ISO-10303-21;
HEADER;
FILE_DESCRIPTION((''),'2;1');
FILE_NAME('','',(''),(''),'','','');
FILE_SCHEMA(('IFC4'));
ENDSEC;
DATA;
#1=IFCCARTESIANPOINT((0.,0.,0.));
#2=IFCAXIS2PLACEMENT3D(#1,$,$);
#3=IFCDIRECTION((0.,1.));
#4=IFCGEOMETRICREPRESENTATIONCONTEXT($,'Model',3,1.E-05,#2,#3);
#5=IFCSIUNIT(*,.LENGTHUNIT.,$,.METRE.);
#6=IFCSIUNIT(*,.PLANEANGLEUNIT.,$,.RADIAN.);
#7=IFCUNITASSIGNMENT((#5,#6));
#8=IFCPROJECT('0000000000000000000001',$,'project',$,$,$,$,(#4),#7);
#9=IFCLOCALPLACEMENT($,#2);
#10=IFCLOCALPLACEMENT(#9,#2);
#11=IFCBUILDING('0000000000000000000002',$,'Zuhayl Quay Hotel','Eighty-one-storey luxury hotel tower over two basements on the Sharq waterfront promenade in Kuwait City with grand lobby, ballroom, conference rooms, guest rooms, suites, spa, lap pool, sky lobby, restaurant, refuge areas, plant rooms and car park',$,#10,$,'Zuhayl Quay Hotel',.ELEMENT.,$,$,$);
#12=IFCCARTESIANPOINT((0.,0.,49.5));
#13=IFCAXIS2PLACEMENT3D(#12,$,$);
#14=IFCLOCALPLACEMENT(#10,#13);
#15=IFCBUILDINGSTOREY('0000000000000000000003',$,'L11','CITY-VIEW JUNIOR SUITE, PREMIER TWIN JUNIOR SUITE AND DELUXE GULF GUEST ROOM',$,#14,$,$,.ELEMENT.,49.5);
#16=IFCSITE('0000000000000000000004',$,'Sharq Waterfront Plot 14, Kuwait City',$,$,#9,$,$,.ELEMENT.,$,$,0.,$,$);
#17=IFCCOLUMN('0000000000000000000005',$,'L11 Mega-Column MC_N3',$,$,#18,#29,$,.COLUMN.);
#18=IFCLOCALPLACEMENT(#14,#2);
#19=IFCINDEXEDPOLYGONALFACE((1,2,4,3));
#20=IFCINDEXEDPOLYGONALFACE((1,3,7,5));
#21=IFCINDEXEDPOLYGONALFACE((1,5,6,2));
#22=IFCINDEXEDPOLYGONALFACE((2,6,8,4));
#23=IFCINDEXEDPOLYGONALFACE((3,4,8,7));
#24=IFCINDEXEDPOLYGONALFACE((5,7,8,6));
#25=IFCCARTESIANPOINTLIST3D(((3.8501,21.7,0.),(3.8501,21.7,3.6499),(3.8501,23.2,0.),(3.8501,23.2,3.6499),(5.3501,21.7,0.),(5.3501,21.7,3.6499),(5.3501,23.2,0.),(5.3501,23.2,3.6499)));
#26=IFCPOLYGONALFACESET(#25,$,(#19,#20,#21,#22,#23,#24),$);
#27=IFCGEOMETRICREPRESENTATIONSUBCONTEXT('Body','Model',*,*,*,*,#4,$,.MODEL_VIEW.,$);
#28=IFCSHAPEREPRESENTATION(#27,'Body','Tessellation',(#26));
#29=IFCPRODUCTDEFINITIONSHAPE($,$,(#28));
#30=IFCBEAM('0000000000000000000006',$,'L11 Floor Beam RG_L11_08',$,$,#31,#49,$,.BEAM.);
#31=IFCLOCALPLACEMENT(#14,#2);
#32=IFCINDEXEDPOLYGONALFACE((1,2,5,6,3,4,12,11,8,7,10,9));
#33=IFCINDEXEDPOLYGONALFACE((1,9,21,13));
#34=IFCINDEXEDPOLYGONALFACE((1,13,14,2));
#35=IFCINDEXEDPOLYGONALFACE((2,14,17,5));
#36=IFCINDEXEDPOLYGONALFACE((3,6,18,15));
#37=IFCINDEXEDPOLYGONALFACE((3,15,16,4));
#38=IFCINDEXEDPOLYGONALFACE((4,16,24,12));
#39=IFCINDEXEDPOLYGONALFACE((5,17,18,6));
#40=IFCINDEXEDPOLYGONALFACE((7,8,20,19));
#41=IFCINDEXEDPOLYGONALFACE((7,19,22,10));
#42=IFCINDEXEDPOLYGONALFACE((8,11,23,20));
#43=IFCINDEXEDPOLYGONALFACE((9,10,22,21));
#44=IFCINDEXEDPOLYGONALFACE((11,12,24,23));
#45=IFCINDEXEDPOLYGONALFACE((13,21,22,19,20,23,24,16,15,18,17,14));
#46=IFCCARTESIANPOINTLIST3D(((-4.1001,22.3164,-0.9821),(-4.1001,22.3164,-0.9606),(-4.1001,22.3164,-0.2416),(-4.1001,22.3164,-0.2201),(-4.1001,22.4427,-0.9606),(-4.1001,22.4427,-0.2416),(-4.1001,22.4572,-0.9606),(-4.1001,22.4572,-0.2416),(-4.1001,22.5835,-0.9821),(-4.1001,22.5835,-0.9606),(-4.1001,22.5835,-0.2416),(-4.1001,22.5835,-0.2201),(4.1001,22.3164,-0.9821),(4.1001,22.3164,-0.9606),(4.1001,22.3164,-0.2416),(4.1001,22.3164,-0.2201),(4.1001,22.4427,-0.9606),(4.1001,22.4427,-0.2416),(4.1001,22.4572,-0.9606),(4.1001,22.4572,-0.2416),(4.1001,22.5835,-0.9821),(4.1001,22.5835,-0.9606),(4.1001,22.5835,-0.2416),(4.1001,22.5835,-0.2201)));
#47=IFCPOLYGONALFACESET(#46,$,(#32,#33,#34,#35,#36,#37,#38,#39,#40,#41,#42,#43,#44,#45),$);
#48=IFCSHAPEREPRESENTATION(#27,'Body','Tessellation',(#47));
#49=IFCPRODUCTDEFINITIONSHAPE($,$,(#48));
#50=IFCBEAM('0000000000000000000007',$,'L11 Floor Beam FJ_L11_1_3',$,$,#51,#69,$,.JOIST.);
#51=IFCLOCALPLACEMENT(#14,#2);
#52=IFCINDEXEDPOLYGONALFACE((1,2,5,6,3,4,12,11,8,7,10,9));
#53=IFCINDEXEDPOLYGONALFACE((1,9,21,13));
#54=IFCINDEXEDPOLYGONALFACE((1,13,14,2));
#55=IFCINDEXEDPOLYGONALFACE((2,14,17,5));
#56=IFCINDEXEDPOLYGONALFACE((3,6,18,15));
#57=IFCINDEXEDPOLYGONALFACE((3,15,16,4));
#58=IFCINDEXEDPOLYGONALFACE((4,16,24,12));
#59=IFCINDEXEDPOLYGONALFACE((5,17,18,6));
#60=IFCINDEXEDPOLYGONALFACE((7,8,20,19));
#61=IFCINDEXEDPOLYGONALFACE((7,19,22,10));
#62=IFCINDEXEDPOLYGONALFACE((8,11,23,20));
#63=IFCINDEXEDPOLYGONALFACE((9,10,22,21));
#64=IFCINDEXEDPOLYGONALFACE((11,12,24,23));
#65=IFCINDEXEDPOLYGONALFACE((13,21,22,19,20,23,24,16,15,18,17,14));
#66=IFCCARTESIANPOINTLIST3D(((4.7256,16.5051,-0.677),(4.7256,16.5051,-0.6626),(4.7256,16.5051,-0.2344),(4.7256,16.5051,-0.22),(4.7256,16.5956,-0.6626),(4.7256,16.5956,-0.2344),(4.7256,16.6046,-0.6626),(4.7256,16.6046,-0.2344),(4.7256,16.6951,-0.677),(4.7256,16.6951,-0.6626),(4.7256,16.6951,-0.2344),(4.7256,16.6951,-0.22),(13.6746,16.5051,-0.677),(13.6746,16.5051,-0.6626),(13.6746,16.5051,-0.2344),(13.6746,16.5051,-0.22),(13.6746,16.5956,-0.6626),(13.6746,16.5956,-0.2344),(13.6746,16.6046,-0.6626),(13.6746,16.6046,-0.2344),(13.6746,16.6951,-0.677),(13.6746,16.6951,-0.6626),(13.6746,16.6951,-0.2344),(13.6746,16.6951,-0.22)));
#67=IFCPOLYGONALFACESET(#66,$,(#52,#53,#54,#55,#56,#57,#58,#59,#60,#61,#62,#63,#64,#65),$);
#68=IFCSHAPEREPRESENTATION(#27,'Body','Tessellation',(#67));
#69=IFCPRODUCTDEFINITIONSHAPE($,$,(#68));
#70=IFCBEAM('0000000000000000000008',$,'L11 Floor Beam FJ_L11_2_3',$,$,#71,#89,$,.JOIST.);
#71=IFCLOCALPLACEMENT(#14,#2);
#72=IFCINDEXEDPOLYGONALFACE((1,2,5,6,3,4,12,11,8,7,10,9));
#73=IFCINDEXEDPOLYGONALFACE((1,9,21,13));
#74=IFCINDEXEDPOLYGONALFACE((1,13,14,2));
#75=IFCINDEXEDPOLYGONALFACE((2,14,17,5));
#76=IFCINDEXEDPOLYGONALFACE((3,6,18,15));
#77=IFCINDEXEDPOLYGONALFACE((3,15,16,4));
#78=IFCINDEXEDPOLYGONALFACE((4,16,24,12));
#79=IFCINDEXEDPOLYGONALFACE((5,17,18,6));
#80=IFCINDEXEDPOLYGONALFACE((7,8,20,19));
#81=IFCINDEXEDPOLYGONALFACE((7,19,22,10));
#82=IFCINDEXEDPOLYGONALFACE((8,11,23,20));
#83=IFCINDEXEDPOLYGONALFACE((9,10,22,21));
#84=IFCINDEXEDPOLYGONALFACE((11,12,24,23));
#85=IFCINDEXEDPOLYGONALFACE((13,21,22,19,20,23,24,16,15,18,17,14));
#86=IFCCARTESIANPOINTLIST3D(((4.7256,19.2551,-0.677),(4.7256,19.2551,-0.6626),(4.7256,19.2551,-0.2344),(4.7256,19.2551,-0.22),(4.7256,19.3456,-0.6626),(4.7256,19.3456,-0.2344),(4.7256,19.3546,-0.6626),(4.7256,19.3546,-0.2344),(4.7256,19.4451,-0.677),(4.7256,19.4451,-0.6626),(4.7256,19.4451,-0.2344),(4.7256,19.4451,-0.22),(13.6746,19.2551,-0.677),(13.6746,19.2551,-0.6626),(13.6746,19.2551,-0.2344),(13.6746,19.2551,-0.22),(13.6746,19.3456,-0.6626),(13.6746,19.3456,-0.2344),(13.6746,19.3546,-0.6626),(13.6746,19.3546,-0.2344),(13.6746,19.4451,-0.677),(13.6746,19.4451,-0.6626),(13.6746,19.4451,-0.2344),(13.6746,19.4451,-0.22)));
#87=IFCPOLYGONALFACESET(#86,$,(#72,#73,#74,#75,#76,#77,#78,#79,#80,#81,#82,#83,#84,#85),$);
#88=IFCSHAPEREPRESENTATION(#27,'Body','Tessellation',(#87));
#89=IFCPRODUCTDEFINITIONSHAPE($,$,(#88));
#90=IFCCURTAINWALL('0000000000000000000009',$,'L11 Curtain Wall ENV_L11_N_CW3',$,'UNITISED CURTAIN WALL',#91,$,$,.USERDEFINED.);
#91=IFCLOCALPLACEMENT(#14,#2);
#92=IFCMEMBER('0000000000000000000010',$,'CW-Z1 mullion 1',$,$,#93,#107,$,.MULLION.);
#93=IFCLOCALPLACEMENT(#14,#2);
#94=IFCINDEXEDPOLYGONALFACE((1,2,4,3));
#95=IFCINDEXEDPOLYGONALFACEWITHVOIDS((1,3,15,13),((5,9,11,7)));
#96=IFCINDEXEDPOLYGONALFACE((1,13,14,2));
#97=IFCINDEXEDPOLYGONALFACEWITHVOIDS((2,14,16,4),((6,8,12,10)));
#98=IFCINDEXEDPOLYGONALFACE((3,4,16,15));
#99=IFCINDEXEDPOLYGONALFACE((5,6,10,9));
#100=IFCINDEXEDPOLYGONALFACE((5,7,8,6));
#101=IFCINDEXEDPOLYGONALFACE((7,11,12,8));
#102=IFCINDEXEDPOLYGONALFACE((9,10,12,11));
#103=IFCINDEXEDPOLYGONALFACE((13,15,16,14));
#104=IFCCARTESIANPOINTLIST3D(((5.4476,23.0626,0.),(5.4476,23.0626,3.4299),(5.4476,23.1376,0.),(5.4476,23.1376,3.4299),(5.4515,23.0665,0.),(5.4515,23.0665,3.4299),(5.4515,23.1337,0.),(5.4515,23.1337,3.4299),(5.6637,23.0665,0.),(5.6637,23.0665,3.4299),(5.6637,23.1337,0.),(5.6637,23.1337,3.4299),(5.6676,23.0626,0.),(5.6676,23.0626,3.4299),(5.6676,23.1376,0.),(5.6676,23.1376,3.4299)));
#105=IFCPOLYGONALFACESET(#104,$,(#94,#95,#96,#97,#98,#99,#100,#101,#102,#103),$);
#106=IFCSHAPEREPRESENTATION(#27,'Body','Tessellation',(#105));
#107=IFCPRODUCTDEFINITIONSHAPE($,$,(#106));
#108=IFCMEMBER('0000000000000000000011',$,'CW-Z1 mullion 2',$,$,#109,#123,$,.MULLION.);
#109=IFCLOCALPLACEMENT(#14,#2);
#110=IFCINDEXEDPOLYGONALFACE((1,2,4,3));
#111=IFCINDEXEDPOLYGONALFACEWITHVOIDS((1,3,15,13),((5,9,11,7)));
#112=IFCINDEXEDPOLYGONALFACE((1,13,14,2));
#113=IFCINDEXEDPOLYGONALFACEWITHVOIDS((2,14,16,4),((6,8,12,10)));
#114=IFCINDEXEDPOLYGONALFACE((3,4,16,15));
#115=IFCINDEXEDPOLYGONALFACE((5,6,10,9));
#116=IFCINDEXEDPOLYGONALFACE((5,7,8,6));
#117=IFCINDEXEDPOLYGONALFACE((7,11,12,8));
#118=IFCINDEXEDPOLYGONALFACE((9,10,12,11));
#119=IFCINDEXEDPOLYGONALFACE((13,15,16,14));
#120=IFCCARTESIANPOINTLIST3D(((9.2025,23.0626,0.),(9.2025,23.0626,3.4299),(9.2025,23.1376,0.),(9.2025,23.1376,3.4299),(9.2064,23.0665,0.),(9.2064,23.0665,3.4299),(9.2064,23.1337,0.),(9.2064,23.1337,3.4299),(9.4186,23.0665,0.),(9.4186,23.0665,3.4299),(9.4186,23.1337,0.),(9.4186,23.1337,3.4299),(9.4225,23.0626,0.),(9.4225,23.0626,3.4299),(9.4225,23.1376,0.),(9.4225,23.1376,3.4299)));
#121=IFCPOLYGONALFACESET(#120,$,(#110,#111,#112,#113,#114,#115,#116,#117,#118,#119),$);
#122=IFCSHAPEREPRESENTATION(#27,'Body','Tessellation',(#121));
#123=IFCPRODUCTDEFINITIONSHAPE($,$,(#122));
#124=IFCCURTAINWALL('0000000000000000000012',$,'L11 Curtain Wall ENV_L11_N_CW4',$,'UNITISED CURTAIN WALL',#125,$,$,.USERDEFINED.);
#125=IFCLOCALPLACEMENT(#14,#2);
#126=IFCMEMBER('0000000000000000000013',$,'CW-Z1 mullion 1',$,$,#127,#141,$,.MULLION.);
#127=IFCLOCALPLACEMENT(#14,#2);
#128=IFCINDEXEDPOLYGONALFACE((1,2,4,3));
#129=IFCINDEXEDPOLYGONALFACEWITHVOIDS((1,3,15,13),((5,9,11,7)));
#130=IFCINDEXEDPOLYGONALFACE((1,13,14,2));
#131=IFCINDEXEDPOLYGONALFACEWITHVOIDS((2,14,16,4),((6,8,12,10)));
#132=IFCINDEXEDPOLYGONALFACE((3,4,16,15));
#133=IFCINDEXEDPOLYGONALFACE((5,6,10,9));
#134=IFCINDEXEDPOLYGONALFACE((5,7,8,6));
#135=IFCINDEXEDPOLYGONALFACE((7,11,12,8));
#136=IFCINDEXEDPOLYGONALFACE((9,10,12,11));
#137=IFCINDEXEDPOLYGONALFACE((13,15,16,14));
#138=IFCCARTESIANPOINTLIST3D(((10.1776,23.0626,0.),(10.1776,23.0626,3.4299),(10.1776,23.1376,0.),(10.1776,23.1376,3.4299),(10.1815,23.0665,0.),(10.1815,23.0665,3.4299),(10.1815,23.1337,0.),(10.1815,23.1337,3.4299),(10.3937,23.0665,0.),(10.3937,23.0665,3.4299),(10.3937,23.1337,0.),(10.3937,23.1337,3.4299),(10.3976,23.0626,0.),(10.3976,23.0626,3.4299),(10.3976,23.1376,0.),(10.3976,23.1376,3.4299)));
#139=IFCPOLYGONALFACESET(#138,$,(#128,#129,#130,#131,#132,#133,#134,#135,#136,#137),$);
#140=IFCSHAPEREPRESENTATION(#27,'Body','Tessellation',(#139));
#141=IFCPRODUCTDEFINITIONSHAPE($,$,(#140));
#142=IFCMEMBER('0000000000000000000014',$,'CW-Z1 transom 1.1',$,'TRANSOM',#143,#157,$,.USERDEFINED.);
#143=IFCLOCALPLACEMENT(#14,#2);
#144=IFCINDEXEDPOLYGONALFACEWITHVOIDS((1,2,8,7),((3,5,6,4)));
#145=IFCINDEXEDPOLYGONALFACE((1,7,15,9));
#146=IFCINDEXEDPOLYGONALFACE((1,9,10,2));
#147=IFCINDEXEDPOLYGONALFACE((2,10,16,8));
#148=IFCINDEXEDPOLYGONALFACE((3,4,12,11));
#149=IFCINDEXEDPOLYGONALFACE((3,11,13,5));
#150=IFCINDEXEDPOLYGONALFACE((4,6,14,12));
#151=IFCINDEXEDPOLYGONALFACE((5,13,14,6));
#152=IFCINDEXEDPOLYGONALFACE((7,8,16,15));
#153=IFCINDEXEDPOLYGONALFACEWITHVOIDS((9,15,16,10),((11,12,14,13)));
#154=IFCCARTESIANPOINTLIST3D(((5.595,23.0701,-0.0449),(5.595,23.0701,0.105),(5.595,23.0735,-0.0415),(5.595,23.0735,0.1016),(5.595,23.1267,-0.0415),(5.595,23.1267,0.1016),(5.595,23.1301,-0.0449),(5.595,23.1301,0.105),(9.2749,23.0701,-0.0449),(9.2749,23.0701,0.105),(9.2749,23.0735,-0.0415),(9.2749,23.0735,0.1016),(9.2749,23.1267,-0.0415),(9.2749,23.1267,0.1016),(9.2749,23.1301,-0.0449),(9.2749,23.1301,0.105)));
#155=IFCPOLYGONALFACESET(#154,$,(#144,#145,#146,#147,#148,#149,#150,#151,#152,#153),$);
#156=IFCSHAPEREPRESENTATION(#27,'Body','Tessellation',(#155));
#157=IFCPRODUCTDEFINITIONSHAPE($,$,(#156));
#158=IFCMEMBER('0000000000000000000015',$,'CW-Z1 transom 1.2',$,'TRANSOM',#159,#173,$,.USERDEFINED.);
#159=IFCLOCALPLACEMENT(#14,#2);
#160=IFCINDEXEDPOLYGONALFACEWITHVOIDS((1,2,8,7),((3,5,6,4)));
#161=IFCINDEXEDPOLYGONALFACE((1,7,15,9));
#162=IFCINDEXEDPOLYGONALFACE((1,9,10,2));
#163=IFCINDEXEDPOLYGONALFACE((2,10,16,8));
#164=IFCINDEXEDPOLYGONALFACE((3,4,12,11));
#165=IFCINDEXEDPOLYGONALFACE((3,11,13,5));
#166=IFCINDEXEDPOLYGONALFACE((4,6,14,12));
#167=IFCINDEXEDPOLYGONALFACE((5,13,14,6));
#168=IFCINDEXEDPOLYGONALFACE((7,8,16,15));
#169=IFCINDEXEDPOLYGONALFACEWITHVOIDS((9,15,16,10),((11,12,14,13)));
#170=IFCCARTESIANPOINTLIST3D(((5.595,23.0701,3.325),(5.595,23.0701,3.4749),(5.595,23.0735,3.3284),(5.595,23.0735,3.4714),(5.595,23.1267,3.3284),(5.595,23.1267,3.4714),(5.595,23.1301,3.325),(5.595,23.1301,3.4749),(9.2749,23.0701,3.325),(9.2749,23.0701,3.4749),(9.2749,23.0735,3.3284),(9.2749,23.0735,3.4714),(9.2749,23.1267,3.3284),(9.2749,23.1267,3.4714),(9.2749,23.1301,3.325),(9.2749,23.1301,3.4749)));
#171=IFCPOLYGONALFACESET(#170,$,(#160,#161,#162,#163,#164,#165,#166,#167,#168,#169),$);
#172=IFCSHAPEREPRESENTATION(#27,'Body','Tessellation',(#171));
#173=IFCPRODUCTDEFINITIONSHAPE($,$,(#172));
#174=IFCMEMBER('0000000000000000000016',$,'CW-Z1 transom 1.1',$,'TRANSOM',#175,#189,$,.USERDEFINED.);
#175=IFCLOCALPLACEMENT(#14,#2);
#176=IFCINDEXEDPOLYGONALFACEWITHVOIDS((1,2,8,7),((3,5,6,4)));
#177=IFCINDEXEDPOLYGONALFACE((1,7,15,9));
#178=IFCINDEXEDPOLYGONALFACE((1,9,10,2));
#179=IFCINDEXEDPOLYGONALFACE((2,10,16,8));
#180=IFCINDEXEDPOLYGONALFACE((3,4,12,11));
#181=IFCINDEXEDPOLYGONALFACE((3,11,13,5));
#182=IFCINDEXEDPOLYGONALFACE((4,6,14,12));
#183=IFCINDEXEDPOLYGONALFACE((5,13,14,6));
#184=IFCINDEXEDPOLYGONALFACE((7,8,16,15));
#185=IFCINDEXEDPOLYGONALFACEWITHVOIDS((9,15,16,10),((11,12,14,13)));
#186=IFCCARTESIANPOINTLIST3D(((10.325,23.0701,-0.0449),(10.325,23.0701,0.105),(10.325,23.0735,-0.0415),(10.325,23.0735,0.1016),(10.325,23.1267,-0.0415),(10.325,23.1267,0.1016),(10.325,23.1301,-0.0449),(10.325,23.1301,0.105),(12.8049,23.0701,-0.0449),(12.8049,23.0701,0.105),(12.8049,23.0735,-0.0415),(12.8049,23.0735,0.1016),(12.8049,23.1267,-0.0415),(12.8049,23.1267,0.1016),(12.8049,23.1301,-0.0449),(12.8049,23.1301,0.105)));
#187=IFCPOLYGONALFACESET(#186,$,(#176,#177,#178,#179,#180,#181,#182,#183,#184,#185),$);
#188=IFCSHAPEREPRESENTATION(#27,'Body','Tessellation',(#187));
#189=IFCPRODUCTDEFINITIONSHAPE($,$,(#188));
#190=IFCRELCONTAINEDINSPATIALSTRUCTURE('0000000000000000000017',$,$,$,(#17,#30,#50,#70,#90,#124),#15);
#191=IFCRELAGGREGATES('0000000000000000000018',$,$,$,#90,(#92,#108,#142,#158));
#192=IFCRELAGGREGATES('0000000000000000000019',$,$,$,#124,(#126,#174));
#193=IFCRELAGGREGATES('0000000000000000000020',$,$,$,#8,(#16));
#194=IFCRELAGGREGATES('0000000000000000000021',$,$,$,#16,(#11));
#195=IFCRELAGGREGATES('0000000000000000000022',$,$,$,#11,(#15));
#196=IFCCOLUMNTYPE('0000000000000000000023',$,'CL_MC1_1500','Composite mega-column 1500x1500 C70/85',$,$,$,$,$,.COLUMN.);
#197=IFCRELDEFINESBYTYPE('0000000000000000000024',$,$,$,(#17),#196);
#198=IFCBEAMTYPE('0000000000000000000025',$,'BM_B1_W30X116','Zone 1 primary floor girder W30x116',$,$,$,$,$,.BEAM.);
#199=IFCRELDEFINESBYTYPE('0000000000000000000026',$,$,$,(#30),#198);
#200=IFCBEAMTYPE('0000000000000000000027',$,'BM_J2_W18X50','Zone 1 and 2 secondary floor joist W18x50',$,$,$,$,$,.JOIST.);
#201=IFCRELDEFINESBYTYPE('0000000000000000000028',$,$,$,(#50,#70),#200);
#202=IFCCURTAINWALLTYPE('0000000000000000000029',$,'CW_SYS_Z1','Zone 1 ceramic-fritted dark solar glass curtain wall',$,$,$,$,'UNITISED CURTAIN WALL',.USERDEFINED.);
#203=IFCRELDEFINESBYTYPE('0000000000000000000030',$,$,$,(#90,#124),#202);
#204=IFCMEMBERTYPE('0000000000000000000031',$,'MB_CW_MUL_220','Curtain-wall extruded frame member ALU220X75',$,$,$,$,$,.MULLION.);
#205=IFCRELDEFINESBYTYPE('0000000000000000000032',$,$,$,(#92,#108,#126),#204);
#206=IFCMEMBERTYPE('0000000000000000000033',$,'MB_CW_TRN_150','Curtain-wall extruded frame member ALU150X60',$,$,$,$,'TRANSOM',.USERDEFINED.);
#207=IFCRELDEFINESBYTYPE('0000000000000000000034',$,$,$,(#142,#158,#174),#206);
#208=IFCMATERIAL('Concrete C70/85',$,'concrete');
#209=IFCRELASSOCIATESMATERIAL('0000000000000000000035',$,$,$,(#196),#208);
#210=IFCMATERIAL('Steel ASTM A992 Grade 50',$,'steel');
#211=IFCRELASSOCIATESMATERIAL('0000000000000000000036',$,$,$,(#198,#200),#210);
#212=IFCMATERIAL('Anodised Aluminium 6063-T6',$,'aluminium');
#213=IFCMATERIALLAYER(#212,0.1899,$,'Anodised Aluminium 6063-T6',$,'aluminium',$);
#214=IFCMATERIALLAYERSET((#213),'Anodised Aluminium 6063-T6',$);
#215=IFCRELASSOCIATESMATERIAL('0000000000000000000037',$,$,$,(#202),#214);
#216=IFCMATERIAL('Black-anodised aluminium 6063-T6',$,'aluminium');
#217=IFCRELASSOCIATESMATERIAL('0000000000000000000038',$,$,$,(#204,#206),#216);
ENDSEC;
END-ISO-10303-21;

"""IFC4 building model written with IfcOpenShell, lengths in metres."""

from ifc_helpers import new_model, si_unit, direction, frame, origin, origin_2d, place, context, subcontext, project, spatial, rectangle, hollow_rectangle, i_section, extrude, material, layer, layer_set, material_profile, profile_set, type_object, element, aggregate, save


model = new_model("IFC4")

# Units and contexts
model_context = context("Model", 3, precision=1e-05, world=origin(), true_north=direction((0.0, 1.0)))
body_context = subcontext(model_context, "Body", "Model", "MODEL_VIEW")
ifc_project = project(units=[si_unit("LENGTHUNIT", "METRE"), si_unit("PLANEANGLEUNIT", "RADIAN")], contexts=[model_context])

# Site, building, storey
site_placement = place(None, origin())
site = spatial("IfcSite", under=ifc_project, at=site_placement, Name="Sharq Waterfront Plot 14, Kuwait City", CompositionType="ELEMENT", RefElevation=0.0)
building_placement = place(site_placement, origin())
building = spatial("IfcBuilding", under=site, at=building_placement, Name="Zuhayl Quay Hotel", Description="Eighty-one-storey luxury hotel tower over two basements on the Sharq waterfront promenade in Kuwait City with grand lobby, ballroom, conference rooms, guest rooms, suites, spa, lap pool, sky lobby, restaurant, refuge areas, plant rooms and car park", LongName="Zuhayl Quay Hotel", CompositionType="ELEMENT")
storey_placement = place(building_placement, frame((0.0, 0.0, 49.5)))
storey = spatial("IfcBuildingStorey", under=building, at=storey_placement, Name="L11", Description="CITY-VIEW JUNIOR SUITE, PREMIER TWIN JUNIOR SUITE AND DELUXE GULF GUEST ROOM", CompositionType="ELEMENT", Elevation=49.5)

# Column
ifc_material_1 = material(Name="Concrete C70/85", Category="concrete")
ifc_material_profile_1 = material_profile(ifc_material_1, rectangle(XDim=1.5, YDim=1.5, at=origin_2d()), Name="RC1500X1500")
ifc_profile_set_1 = profile_set([ifc_material_profile_1], Name="Concrete C70/85")
column_type = type_object("IfcColumnType", Name="CL_MC1_1500", Description="Composite mega-column 1500x1500 C70/85", PredefinedType="COLUMN", material=ifc_profile_set_1)
column_placement = place(storey_placement, frame((4.6001, 22.45, 0.0), z_axis=(0.0, 0.0, 1.0), x_axis=(1.0, 0.0, 0.0)))
element("IfcColumn", 1, at=column_placement, inside=storey, type_object=column_type, Name="L11 Mega-Column MC_N3", PredefinedType="COLUMN", context=body_context, shape_type="SweptSolid", body=[
    extrude(rectangle(XDim=1.5, YDim=1.5, at=origin_2d()), origin(), (0.0, 0.0, 1.0), 3.6499),
])

# Beams
ifc_material_2 = material(Name="Steel ASTM A992 Grade 50", Category="steel")
ifc_material_profile_2 = material_profile(ifc_material_2, i_section(OverallWidth=0.2671, OverallDepth=0.762, WebThickness=0.0144, FlangeThickness=0.0215, at=origin_2d()), Name="W30X116")
ifc_profile_set_2 = profile_set([ifc_material_profile_2], Name="Steel ASTM A992 Grade 50")
beam_type_1 = type_object("IfcBeamType", Name="BM_B1_W30X116", Description="Zone 1 primary floor girder W30x116", PredefinedType="BEAM", material=ifc_profile_set_2)
beam_placement = place(storey_placement, frame((4.1001, 22.45, -0.6011), z_axis=(-1.0, 0.0, 0.0), x_axis=(0.0, -1.0, 0.0)))
element("IfcBeam", 2, at=beam_placement, inside=storey, type_object=beam_type_1, Name="L11 Floor Beam RG_L11_08", PredefinedType="BEAM", context=body_context, shape_type="SweptSolid", body=[
    extrude(i_section(OverallWidth=0.2671, OverallDepth=0.762, WebThickness=0.0144, FlangeThickness=0.0215, at=origin_2d()), origin(), (0.0, 0.0, 1.0), 8.2002),
])
ifc_material_profile_3 = material_profile(ifc_material_2, i_section(OverallWidth=0.1899, OverallDepth=0.457, WebThickness=0.009, FlangeThickness=0.0144, at=origin_2d()), Name="W18X50")
ifc_profile_set_3 = profile_set([ifc_material_profile_3], Name="Steel ASTM A992 Grade 50")
beam_type_2 = type_object("IfcBeamType", Name="BM_J2_W18X50", Description="Zone 1 and 2 secondary floor joist W18x50", PredefinedType="JOIST", material=ifc_profile_set_3)
for number, where, z_axis, x_axis, name in (
    (3, (4.7256, 16.6001, -0.4485), (1.0, 0.0, 0.0), (0.0, 1.0, 0.0), "L11 Floor Beam FJ_L11_1_3"),
    (4, (4.7256, 19.3501, -0.4485), (1.0, 0.0, 0.0), (0.0, 1.0, 0.0), "L11 Floor Beam FJ_L11_2_3"),
):
    element("IfcBeam", number, at=place(storey_placement, frame(where, z_axis=z_axis, x_axis=x_axis)), inside=storey, type_object=beam_type_2, Name=name, PredefinedType="JOIST", context=body_context, shape_type="SweptSolid", body=[
        extrude(i_section(OverallWidth=0.1899, OverallDepth=0.457, WebThickness=0.009, FlangeThickness=0.0144, at=origin_2d()), origin(), (0.0, 0.0, 1.0), 8.949),
    ])

# Curtain wall, members
ifc_material_3 = material(Name="Anodised Aluminium 6063-T6", Category="aluminium")
ifc_layer_1 = layer(ifc_material_3, 0.1899, Name="Anodised Aluminium 6063-T6", Category="aluminium")
ifc_layer_set_1 = layer_set([ifc_layer_1], Name="Anodised Aluminium 6063-T6")
curtain_wall_type = type_object("IfcCurtainWallType", Name="CW_SYS_Z1", Description="Zone 1 ceramic-fritted dark solar glass curtain wall", ElementType="UNITISED CURTAIN WALL", PredefinedType="USERDEFINED", material=ifc_layer_set_1)
curtain_wall_1_placement = place(storey_placement, origin())
curtain_wall_1 = element("IfcCurtainWall", 5, at=curtain_wall_1_placement, inside=storey, type_object=curtain_wall_type, Name="L11 Curtain Wall ENV_L11_N_CW3", ObjectType="UNITISED CURTAIN WALL", PredefinedType="USERDEFINED")
ifc_material_4 = material(Name="Black-anodised aluminium 6063-T6", Category="aluminium")
ifc_material_profile_4 = material_profile(ifc_material_4, hollow_rectangle(XDim=0.075, YDim=0.22, WallThickness=0.0039, at=origin_2d()), Name="ALU220X75")
ifc_profile_set_4 = profile_set([ifc_material_profile_4], Name="Black-anodised aluminium 6063-T6")
member_type_1 = type_object("IfcMemberType", Name="MB_CW_MUL_220", Description="Curtain-wall extruded frame member ALU220X75", PredefinedType="MULLION", material=ifc_profile_set_4)
member_1_placement = place(storey_placement, frame((5.5576, 23.1001, 0.0), z_axis=(0.0, 0.0, 1.0), x_axis=(0.0, 1.0, 0.0)))
member_1 = element("IfcMember", 6, at=member_1_placement, type_object=member_type_1, Name="CW-Z1 mullion 1", PredefinedType="MULLION", context=body_context, shape_type="SweptSolid", body=[
    extrude(hollow_rectangle(XDim=0.075, YDim=0.22, WallThickness=0.0039, at=origin_2d()), origin(), (0.0, 0.0, 1.0), 3.4299),
])
member_2_placement = place(storey_placement, frame((9.3125, 23.1001, 0.0), z_axis=(0.0, 0.0, 1.0), x_axis=(0.0, 1.0, 0.0)))
member_2 = element("IfcMember", 7, at=member_2_placement, type_object=member_type_1, Name="CW-Z1 mullion 2", PredefinedType="MULLION", context=body_context, shape_type="SweptSolid", body=[
    extrude(hollow_rectangle(XDim=0.075, YDim=0.22, WallThickness=0.0039, at=origin_2d()), origin(), (0.0, 0.0, 1.0), 3.4299),
])

# Curtain wall, member
curtain_wall_2_placement = place(storey_placement, origin())
curtain_wall_2 = element("IfcCurtainWall", 8, at=curtain_wall_2_placement, inside=storey, type_object=curtain_wall_type, Name="L11 Curtain Wall ENV_L11_N_CW4", ObjectType="UNITISED CURTAIN WALL", PredefinedType="USERDEFINED")
member_3_placement = place(storey_placement, frame((10.2876, 23.1001, 0.0), z_axis=(0.0, 0.0, 1.0), x_axis=(0.0, 1.0, 0.0)))
member_3 = element("IfcMember", 9, at=member_3_placement, type_object=member_type_1, Name="CW-Z1 mullion 1", PredefinedType="MULLION", context=body_context, shape_type="SweptSolid", body=[
    extrude(hollow_rectangle(XDim=0.075, YDim=0.22, WallThickness=0.0039, at=origin_2d()), origin(), (0.0, 0.0, 1.0), 3.4299),
])

# Members
ifc_material_profile_5 = material_profile(ifc_material_4, hollow_rectangle(XDim=0.0601, YDim=0.1499, WallThickness=0.0034, at=origin_2d()), Name="ALU150X60")
ifc_profile_set_5 = profile_set([ifc_material_profile_5], Name="Black-anodised aluminium 6063-T6")
member_type_2 = type_object("IfcMemberType", Name="MB_CW_TRN_150", Description="Curtain-wall extruded frame member ALU150X60", ElementType="TRANSOM", PredefinedType="USERDEFINED", material=ifc_profile_set_5)
member_4_placement = place(storey_placement, frame((5.595, 23.1001, 0.03), z_axis=(1.0, 0.0, 0.0), x_axis=(0.0, 1.0, 0.0)))
member_4 = element("IfcMember", 10, at=member_4_placement, type_object=member_type_2, Name="CW-Z1 transom 1.1", ObjectType="TRANSOM", PredefinedType="USERDEFINED", context=body_context, shape_type="SweptSolid", body=[
    extrude(hollow_rectangle(XDim=0.0601, YDim=0.1499, WallThickness=0.0034, at=origin_2d()), origin(), (0.0, 0.0, 1.0), 3.6799),
])
member_5_placement = place(storey_placement, frame((5.595, 23.1001, 3.3999), z_axis=(1.0, 0.0, 0.0), x_axis=(0.0, 1.0, 0.0)))
member_5 = element("IfcMember", 11, at=member_5_placement, type_object=member_type_2, Name="CW-Z1 transom 1.2", ObjectType="TRANSOM", PredefinedType="USERDEFINED", context=body_context, shape_type="SweptSolid", body=[
    extrude(hollow_rectangle(XDim=0.0601, YDim=0.1499, WallThickness=0.0034, at=origin_2d()), origin(), (0.0, 0.0, 1.0), 3.6799),
])
member_6_placement = place(storey_placement, frame((10.325, 23.1001, 0.03), z_axis=(1.0, 0.0, 0.0), x_axis=(0.0, 1.0, 0.0)))
member_6 = element("IfcMember", 12, at=member_6_placement, type_object=member_type_2, Name="CW-Z1 transom 1.1", ObjectType="TRANSOM", PredefinedType="USERDEFINED", context=body_context, shape_type="SweptSolid", body=[
    extrude(hollow_rectangle(XDim=0.0601, YDim=0.1499, WallThickness=0.0034, at=origin_2d()), origin(), (0.0, 0.0, 1.0), 2.48),
])

aggregate(curtain_wall_1, [member_1, member_2, member_4, member_5])
aggregate(curtain_wall_2, [member_3, member_6])

save(model, "model.ifc")
